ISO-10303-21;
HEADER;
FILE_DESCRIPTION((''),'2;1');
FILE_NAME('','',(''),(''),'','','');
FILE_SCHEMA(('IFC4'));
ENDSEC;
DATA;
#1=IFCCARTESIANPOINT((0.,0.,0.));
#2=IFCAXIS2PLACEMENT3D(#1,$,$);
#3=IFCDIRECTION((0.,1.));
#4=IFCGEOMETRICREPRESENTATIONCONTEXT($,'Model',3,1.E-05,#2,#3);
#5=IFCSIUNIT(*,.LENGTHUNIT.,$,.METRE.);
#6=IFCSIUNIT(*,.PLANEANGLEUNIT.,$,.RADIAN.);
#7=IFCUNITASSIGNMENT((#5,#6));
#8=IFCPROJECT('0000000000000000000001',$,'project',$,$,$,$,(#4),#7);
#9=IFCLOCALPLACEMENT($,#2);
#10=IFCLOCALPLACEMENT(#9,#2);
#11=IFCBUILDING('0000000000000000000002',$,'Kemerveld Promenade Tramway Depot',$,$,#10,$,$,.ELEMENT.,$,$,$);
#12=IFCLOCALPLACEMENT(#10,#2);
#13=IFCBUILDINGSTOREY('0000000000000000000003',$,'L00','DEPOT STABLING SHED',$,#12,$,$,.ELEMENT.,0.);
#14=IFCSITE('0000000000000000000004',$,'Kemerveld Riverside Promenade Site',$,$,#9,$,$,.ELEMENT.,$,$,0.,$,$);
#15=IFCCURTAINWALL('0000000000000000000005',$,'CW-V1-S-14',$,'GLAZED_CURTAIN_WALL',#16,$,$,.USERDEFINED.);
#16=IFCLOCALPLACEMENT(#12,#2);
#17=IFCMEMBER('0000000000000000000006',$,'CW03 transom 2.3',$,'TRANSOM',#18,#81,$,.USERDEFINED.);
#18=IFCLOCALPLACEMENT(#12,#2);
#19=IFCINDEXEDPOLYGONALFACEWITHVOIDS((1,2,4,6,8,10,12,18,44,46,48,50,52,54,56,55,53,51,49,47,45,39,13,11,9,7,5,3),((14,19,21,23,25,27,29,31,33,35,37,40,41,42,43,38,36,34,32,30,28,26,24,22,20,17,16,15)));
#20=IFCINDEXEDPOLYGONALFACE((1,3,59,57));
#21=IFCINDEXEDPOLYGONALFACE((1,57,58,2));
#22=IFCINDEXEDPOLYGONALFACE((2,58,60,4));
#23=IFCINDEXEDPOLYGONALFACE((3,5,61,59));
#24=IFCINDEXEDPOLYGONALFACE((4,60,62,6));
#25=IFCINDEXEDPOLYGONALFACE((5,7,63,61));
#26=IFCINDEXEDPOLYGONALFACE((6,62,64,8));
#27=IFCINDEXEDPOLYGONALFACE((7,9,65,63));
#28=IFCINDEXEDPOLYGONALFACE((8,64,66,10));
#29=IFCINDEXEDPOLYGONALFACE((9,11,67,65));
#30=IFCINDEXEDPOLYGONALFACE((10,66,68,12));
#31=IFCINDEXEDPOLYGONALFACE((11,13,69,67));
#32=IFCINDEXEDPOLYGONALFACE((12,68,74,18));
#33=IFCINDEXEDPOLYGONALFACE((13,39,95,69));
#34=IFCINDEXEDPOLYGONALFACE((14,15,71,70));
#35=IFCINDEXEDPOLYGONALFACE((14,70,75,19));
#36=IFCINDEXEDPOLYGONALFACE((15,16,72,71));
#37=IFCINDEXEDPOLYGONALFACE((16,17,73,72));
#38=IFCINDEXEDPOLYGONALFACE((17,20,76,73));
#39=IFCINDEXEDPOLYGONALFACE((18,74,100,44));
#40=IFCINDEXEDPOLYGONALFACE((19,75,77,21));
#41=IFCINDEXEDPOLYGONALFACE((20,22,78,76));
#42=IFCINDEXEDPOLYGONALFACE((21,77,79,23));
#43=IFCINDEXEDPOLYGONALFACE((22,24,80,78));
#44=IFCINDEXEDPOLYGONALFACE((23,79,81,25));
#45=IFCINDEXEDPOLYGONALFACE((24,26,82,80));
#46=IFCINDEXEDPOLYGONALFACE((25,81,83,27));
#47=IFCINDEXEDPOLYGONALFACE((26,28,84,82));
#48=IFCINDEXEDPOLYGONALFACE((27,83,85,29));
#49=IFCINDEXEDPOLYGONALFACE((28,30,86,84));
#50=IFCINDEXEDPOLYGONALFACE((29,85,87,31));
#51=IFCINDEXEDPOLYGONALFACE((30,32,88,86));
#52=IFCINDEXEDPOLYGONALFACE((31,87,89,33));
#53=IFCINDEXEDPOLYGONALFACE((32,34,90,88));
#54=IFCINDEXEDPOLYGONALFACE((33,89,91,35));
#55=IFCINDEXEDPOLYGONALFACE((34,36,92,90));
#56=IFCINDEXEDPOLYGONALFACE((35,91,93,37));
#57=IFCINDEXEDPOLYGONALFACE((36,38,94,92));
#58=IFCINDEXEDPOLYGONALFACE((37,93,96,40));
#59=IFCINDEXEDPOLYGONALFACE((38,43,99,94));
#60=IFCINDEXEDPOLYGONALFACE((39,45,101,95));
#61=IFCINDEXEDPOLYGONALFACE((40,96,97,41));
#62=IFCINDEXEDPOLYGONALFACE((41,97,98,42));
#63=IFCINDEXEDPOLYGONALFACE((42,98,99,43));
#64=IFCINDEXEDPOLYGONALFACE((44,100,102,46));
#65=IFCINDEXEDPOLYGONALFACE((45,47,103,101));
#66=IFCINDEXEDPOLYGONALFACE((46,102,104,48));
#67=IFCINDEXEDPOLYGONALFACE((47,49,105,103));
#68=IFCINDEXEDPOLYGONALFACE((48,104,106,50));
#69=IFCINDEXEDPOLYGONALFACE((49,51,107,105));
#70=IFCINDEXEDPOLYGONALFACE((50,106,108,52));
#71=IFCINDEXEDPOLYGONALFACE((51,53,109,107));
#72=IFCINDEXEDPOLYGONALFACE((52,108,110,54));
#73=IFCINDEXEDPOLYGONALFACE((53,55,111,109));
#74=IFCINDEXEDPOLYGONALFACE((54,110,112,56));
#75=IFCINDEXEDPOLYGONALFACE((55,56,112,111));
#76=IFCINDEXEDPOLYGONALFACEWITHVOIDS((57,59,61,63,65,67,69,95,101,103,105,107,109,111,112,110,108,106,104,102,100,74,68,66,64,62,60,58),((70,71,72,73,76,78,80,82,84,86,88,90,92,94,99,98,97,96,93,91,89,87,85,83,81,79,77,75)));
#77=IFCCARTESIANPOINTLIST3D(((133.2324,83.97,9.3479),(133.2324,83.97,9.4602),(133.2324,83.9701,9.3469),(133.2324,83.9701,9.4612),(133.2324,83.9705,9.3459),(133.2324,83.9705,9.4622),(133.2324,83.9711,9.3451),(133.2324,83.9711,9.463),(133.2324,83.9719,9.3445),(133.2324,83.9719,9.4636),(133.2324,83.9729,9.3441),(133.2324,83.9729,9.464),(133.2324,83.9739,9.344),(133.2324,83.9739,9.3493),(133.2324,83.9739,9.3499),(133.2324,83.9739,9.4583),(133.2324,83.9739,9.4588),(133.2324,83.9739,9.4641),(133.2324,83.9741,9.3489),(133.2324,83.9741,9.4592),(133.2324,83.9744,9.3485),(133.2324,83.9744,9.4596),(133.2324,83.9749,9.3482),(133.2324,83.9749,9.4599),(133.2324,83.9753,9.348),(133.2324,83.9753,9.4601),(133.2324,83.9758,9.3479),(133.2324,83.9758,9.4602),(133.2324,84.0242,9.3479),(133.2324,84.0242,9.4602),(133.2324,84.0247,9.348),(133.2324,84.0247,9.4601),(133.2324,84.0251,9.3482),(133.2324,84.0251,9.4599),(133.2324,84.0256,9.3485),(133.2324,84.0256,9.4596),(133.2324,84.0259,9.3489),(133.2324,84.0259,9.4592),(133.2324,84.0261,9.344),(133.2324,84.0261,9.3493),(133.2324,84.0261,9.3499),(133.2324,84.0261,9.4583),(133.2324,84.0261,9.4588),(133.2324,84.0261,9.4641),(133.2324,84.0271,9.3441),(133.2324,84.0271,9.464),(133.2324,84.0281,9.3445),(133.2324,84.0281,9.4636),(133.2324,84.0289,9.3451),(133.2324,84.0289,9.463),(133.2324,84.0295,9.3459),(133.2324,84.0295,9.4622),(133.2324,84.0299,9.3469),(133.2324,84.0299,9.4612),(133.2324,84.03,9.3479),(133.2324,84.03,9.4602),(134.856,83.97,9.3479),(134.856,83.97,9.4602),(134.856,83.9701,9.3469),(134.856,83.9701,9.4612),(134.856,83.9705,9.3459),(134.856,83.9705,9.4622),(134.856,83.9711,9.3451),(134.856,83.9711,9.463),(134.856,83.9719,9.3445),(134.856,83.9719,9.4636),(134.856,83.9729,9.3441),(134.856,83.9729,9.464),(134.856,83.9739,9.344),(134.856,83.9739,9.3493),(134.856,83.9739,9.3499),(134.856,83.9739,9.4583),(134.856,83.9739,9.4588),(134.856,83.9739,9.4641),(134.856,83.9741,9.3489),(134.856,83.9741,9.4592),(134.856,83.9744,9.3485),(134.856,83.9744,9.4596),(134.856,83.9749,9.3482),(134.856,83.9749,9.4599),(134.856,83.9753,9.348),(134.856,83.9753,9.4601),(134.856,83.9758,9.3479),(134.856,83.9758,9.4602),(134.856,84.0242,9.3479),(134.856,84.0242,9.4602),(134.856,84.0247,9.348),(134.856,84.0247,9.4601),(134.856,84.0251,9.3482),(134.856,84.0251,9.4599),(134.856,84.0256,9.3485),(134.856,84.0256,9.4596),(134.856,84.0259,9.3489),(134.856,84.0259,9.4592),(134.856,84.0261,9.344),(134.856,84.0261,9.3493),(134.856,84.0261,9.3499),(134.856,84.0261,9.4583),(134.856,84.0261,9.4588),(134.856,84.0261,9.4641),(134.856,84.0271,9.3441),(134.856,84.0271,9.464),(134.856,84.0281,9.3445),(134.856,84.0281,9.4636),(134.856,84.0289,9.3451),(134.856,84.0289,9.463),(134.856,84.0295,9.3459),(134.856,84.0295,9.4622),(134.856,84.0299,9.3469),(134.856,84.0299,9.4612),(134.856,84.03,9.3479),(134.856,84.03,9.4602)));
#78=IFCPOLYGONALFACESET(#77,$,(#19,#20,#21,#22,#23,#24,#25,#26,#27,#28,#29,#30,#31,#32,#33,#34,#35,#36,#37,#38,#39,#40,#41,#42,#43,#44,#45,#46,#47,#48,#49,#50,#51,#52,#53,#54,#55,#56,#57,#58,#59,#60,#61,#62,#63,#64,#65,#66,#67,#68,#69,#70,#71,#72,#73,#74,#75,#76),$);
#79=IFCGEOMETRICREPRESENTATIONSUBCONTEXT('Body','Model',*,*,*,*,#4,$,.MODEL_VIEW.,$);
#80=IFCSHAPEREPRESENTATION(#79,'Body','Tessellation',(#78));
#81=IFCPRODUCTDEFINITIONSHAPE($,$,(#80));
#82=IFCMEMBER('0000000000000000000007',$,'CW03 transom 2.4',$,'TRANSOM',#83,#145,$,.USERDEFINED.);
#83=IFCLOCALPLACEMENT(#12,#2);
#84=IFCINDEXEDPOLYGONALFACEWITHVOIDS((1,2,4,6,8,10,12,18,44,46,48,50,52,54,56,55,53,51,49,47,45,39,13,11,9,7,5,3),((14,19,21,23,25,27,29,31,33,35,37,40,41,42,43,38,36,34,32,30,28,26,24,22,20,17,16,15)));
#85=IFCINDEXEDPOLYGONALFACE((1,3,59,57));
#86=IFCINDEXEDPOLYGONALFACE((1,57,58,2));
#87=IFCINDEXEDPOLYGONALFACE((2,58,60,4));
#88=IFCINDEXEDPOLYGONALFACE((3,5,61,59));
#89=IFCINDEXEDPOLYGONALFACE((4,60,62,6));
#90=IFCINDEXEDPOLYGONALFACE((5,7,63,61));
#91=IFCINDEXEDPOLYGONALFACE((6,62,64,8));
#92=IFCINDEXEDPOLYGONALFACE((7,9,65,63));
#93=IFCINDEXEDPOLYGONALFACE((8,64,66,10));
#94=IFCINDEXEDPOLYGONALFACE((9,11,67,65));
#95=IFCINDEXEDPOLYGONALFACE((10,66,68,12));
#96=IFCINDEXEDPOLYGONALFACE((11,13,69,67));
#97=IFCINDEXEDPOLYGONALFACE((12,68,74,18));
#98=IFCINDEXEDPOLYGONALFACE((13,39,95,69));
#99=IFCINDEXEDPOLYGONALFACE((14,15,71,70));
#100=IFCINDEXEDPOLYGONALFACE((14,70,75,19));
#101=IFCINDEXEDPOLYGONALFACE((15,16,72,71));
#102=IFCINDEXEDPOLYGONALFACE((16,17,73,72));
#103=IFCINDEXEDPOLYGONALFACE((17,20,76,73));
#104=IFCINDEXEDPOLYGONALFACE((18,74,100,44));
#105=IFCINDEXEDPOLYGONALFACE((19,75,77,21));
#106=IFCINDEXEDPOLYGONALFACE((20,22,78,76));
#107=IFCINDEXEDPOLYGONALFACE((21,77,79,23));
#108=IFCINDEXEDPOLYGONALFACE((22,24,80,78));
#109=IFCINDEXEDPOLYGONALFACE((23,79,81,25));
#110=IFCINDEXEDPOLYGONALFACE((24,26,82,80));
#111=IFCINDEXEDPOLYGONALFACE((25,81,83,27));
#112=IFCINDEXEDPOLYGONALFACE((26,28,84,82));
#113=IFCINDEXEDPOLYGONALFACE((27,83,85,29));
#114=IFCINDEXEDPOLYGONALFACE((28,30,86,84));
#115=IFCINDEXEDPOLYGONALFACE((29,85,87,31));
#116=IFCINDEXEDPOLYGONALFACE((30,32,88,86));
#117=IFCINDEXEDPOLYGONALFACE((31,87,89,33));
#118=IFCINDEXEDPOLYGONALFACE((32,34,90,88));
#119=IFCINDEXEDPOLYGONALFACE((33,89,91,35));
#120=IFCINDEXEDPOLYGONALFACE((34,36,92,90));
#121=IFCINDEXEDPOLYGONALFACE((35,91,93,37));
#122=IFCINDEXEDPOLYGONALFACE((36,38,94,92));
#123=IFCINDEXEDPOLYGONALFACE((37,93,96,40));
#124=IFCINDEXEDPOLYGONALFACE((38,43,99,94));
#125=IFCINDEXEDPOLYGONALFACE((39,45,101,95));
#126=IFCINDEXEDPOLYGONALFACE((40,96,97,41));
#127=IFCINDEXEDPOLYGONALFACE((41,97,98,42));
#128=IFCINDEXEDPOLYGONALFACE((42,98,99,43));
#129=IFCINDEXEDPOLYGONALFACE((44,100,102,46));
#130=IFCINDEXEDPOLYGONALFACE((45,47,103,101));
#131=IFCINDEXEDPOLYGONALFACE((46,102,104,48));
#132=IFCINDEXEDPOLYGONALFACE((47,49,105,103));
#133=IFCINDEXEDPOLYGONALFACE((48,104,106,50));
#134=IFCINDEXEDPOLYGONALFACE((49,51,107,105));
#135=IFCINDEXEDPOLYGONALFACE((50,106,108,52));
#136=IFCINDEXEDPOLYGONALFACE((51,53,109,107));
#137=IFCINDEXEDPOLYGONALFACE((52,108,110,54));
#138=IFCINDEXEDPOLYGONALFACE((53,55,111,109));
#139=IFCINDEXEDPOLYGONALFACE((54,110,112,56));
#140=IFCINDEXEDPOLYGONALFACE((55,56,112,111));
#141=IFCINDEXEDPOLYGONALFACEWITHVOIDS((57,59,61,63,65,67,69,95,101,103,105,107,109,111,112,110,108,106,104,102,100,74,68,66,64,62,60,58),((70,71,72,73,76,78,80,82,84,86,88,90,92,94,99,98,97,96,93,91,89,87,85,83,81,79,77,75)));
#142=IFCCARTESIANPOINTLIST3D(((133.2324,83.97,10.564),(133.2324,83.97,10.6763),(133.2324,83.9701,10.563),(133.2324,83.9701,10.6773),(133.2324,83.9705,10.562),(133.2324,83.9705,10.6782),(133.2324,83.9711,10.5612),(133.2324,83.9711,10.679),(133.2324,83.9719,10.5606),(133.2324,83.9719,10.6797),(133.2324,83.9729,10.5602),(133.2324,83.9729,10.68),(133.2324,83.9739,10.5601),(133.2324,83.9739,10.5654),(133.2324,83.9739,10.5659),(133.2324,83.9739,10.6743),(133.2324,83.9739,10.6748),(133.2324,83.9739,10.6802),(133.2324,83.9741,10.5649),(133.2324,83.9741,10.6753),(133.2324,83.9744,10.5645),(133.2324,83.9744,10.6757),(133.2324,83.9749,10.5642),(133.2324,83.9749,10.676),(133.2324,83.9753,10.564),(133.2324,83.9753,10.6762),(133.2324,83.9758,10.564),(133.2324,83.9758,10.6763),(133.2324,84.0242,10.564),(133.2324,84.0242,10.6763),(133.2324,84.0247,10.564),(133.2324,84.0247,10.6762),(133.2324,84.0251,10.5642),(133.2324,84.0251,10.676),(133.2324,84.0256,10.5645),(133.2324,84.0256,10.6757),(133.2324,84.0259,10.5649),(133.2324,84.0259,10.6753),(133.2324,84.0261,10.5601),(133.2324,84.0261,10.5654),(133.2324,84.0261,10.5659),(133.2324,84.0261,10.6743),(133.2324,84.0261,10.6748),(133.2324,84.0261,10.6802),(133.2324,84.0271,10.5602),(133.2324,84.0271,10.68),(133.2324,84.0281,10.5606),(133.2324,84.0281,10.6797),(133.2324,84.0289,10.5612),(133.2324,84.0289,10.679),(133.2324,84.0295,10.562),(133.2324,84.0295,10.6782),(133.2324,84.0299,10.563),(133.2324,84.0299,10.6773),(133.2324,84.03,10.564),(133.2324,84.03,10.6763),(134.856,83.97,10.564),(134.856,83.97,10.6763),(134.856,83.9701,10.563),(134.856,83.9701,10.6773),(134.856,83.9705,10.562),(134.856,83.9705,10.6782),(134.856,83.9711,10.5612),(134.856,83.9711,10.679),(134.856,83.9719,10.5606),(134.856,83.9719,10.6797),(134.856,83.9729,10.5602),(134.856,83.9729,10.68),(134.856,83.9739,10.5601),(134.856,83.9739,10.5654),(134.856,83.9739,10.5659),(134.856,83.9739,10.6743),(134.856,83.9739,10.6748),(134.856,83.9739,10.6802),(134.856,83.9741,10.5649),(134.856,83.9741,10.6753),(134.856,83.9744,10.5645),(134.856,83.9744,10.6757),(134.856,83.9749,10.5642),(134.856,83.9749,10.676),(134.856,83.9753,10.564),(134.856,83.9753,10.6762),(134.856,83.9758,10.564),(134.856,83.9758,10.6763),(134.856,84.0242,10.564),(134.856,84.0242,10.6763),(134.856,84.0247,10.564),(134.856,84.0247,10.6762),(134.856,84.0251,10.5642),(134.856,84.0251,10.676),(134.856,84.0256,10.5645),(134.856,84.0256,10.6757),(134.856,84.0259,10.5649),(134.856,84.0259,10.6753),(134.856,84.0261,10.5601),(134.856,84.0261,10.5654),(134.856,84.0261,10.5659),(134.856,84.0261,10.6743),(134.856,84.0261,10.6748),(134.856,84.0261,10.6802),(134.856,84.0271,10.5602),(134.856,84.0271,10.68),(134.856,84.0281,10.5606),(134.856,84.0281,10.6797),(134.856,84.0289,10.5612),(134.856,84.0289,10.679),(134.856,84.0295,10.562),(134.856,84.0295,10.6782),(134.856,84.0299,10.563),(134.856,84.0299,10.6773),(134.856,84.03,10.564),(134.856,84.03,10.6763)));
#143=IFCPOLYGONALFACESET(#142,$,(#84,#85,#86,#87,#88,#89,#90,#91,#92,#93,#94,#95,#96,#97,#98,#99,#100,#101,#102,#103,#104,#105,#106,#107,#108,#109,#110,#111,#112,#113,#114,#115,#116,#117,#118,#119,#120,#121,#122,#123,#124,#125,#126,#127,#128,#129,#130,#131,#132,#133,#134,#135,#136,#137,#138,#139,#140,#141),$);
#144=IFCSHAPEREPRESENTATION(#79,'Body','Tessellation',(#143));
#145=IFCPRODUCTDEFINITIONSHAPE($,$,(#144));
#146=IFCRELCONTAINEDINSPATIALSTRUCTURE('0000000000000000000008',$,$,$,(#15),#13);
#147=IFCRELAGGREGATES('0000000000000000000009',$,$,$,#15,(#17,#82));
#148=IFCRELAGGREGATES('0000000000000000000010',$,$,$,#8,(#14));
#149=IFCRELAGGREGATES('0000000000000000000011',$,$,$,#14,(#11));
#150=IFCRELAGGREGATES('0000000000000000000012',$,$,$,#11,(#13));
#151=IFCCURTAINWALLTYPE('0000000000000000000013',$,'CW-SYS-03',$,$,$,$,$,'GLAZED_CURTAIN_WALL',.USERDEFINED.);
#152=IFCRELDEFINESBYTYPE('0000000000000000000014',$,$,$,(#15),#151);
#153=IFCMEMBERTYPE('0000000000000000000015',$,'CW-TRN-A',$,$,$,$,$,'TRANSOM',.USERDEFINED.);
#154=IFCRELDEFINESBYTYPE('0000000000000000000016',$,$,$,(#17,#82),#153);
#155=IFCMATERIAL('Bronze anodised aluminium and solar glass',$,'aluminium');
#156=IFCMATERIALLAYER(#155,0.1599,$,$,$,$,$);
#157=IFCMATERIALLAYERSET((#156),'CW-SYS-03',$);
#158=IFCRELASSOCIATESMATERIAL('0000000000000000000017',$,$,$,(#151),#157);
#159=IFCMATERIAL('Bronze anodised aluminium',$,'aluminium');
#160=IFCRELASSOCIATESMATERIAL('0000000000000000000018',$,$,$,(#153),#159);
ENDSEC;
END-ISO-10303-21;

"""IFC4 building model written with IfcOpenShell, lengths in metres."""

from ifc_helpers import new_model, si_unit, direction, frame, origin, origin_2d, place, context, subcontext, project, spatial, hollow_rectangle, extrude, material, layer, layer_set, material_profile, profile_set, type_object, element, aggregate, save


model = new_model("IFC4")

# Units and contexts
model_context = context("Model", 3, precision=1e-05, world=origin(), true_north=direction((0.0, 1.0)))
body_context = subcontext(model_context, "Body", "Model", "MODEL_VIEW")
ifc_project = project(units=[si_unit("LENGTHUNIT", "METRE"), si_unit("PLANEANGLEUNIT", "RADIAN")], contexts=[model_context])

# Site, building, storey
site_placement = place(None, origin())
site = spatial("IfcSite", under=ifc_project, at=site_placement, Name="Kemerveld Riverside Promenade Site", CompositionType="ELEMENT", RefElevation=0.0)
building_placement = place(site_placement, origin())
building = spatial("IfcBuilding", under=site, at=building_placement, Name="Kemerveld Promenade Tramway Depot", CompositionType="ELEMENT")
storey_placement = place(building_placement, origin())
storey = spatial("IfcBuildingStorey", under=building, at=storey_placement, Name="L00", Description="DEPOT STABLING SHED", CompositionType="ELEMENT", Elevation=0.0)

# Curtain wall, members
ifc_material_1 = material(Name="Bronze anodised aluminium and solar glass", Category="aluminium")
ifc_layer_1 = layer(ifc_material_1, 0.1599)
ifc_layer_set_1 = layer_set([ifc_layer_1], Name="CW-SYS-03")
curtain_wall_type_1 = type_object("IfcCurtainWallType", Name="CW-SYS-03", ElementType="GLAZED_CURTAIN_WALL", PredefinedType="USERDEFINED", material=ifc_layer_set_1)
curtain_wall_1_placement = place(storey_placement, origin())
curtain_wall_1 = element("IfcCurtainWall", 1, at=curtain_wall_1_placement, inside=storey, type_object=curtain_wall_type_1, Name="CW-V1-S-14", ObjectType="GLAZED_CURTAIN_WALL", PredefinedType="USERDEFINED")
ifc_material_2 = material(Name="Bronze anodised aluminium", Category="aluminium")
ifc_material_profile_1 = material_profile(ifc_material_2, hollow_rectangle(XDim=0.0601, YDim=0.1201, WallThickness=0.0039, InnerFilletRadius=0.002, OuterFilletRadius=0.0039, at=origin_2d()), Name="CW-TRN-120x60")
ifc_profile_set_1 = profile_set([ifc_material_profile_1], Name="Bronze anodised aluminium")
member_type_1 = type_object("IfcMemberType", Name="CW-TRN-A", ElementType="TRANSOM", PredefinedType="USERDEFINED", material=ifc_profile_set_1)
member_1_placement = place(storey_placement, frame((134.856, 84.0, 9.4041), z_axis=(-1.0, 0.0, 0.0), x_axis=(0.0, -1.0, 0.0)))
member_1 = element("IfcMember", 2, at=member_1_placement, type_object=member_type_1, Name="CW03 transom 2.3", ObjectType="TRANSOM", PredefinedType="USERDEFINED", context=body_context, shape_type="SweptSolid", body=[
    extrude(hollow_rectangle(XDim=0.0601, YDim=0.1201, WallThickness=0.0039, InnerFilletRadius=0.002, OuterFilletRadius=0.0039, at=origin_2d()), origin(), (0.0, 0.0, 1.0), 1.6235),
])
member_2_placement = place(storey_placement, frame((134.856, 84.0, 10.6201), z_axis=(-1.0, 0.0, 0.0), x_axis=(0.0, -1.0, 0.0)))
member_2 = element("IfcMember", 3, at=member_2_placement, type_object=member_type_1, Name="CW03 transom 2.4", ObjectType="TRANSOM", PredefinedType="USERDEFINED", context=body_context, shape_type="SweptSolid", body=[
    extrude(hollow_rectangle(XDim=0.0601, YDim=0.1201, WallThickness=0.0039, InnerFilletRadius=0.002, OuterFilletRadius=0.0039, at=origin_2d()), origin(), (0.0, 0.0, 1.0), 1.6235),
])

aggregate(curtain_wall_1, [member_1, member_2])

save(model, "model.ifc")
